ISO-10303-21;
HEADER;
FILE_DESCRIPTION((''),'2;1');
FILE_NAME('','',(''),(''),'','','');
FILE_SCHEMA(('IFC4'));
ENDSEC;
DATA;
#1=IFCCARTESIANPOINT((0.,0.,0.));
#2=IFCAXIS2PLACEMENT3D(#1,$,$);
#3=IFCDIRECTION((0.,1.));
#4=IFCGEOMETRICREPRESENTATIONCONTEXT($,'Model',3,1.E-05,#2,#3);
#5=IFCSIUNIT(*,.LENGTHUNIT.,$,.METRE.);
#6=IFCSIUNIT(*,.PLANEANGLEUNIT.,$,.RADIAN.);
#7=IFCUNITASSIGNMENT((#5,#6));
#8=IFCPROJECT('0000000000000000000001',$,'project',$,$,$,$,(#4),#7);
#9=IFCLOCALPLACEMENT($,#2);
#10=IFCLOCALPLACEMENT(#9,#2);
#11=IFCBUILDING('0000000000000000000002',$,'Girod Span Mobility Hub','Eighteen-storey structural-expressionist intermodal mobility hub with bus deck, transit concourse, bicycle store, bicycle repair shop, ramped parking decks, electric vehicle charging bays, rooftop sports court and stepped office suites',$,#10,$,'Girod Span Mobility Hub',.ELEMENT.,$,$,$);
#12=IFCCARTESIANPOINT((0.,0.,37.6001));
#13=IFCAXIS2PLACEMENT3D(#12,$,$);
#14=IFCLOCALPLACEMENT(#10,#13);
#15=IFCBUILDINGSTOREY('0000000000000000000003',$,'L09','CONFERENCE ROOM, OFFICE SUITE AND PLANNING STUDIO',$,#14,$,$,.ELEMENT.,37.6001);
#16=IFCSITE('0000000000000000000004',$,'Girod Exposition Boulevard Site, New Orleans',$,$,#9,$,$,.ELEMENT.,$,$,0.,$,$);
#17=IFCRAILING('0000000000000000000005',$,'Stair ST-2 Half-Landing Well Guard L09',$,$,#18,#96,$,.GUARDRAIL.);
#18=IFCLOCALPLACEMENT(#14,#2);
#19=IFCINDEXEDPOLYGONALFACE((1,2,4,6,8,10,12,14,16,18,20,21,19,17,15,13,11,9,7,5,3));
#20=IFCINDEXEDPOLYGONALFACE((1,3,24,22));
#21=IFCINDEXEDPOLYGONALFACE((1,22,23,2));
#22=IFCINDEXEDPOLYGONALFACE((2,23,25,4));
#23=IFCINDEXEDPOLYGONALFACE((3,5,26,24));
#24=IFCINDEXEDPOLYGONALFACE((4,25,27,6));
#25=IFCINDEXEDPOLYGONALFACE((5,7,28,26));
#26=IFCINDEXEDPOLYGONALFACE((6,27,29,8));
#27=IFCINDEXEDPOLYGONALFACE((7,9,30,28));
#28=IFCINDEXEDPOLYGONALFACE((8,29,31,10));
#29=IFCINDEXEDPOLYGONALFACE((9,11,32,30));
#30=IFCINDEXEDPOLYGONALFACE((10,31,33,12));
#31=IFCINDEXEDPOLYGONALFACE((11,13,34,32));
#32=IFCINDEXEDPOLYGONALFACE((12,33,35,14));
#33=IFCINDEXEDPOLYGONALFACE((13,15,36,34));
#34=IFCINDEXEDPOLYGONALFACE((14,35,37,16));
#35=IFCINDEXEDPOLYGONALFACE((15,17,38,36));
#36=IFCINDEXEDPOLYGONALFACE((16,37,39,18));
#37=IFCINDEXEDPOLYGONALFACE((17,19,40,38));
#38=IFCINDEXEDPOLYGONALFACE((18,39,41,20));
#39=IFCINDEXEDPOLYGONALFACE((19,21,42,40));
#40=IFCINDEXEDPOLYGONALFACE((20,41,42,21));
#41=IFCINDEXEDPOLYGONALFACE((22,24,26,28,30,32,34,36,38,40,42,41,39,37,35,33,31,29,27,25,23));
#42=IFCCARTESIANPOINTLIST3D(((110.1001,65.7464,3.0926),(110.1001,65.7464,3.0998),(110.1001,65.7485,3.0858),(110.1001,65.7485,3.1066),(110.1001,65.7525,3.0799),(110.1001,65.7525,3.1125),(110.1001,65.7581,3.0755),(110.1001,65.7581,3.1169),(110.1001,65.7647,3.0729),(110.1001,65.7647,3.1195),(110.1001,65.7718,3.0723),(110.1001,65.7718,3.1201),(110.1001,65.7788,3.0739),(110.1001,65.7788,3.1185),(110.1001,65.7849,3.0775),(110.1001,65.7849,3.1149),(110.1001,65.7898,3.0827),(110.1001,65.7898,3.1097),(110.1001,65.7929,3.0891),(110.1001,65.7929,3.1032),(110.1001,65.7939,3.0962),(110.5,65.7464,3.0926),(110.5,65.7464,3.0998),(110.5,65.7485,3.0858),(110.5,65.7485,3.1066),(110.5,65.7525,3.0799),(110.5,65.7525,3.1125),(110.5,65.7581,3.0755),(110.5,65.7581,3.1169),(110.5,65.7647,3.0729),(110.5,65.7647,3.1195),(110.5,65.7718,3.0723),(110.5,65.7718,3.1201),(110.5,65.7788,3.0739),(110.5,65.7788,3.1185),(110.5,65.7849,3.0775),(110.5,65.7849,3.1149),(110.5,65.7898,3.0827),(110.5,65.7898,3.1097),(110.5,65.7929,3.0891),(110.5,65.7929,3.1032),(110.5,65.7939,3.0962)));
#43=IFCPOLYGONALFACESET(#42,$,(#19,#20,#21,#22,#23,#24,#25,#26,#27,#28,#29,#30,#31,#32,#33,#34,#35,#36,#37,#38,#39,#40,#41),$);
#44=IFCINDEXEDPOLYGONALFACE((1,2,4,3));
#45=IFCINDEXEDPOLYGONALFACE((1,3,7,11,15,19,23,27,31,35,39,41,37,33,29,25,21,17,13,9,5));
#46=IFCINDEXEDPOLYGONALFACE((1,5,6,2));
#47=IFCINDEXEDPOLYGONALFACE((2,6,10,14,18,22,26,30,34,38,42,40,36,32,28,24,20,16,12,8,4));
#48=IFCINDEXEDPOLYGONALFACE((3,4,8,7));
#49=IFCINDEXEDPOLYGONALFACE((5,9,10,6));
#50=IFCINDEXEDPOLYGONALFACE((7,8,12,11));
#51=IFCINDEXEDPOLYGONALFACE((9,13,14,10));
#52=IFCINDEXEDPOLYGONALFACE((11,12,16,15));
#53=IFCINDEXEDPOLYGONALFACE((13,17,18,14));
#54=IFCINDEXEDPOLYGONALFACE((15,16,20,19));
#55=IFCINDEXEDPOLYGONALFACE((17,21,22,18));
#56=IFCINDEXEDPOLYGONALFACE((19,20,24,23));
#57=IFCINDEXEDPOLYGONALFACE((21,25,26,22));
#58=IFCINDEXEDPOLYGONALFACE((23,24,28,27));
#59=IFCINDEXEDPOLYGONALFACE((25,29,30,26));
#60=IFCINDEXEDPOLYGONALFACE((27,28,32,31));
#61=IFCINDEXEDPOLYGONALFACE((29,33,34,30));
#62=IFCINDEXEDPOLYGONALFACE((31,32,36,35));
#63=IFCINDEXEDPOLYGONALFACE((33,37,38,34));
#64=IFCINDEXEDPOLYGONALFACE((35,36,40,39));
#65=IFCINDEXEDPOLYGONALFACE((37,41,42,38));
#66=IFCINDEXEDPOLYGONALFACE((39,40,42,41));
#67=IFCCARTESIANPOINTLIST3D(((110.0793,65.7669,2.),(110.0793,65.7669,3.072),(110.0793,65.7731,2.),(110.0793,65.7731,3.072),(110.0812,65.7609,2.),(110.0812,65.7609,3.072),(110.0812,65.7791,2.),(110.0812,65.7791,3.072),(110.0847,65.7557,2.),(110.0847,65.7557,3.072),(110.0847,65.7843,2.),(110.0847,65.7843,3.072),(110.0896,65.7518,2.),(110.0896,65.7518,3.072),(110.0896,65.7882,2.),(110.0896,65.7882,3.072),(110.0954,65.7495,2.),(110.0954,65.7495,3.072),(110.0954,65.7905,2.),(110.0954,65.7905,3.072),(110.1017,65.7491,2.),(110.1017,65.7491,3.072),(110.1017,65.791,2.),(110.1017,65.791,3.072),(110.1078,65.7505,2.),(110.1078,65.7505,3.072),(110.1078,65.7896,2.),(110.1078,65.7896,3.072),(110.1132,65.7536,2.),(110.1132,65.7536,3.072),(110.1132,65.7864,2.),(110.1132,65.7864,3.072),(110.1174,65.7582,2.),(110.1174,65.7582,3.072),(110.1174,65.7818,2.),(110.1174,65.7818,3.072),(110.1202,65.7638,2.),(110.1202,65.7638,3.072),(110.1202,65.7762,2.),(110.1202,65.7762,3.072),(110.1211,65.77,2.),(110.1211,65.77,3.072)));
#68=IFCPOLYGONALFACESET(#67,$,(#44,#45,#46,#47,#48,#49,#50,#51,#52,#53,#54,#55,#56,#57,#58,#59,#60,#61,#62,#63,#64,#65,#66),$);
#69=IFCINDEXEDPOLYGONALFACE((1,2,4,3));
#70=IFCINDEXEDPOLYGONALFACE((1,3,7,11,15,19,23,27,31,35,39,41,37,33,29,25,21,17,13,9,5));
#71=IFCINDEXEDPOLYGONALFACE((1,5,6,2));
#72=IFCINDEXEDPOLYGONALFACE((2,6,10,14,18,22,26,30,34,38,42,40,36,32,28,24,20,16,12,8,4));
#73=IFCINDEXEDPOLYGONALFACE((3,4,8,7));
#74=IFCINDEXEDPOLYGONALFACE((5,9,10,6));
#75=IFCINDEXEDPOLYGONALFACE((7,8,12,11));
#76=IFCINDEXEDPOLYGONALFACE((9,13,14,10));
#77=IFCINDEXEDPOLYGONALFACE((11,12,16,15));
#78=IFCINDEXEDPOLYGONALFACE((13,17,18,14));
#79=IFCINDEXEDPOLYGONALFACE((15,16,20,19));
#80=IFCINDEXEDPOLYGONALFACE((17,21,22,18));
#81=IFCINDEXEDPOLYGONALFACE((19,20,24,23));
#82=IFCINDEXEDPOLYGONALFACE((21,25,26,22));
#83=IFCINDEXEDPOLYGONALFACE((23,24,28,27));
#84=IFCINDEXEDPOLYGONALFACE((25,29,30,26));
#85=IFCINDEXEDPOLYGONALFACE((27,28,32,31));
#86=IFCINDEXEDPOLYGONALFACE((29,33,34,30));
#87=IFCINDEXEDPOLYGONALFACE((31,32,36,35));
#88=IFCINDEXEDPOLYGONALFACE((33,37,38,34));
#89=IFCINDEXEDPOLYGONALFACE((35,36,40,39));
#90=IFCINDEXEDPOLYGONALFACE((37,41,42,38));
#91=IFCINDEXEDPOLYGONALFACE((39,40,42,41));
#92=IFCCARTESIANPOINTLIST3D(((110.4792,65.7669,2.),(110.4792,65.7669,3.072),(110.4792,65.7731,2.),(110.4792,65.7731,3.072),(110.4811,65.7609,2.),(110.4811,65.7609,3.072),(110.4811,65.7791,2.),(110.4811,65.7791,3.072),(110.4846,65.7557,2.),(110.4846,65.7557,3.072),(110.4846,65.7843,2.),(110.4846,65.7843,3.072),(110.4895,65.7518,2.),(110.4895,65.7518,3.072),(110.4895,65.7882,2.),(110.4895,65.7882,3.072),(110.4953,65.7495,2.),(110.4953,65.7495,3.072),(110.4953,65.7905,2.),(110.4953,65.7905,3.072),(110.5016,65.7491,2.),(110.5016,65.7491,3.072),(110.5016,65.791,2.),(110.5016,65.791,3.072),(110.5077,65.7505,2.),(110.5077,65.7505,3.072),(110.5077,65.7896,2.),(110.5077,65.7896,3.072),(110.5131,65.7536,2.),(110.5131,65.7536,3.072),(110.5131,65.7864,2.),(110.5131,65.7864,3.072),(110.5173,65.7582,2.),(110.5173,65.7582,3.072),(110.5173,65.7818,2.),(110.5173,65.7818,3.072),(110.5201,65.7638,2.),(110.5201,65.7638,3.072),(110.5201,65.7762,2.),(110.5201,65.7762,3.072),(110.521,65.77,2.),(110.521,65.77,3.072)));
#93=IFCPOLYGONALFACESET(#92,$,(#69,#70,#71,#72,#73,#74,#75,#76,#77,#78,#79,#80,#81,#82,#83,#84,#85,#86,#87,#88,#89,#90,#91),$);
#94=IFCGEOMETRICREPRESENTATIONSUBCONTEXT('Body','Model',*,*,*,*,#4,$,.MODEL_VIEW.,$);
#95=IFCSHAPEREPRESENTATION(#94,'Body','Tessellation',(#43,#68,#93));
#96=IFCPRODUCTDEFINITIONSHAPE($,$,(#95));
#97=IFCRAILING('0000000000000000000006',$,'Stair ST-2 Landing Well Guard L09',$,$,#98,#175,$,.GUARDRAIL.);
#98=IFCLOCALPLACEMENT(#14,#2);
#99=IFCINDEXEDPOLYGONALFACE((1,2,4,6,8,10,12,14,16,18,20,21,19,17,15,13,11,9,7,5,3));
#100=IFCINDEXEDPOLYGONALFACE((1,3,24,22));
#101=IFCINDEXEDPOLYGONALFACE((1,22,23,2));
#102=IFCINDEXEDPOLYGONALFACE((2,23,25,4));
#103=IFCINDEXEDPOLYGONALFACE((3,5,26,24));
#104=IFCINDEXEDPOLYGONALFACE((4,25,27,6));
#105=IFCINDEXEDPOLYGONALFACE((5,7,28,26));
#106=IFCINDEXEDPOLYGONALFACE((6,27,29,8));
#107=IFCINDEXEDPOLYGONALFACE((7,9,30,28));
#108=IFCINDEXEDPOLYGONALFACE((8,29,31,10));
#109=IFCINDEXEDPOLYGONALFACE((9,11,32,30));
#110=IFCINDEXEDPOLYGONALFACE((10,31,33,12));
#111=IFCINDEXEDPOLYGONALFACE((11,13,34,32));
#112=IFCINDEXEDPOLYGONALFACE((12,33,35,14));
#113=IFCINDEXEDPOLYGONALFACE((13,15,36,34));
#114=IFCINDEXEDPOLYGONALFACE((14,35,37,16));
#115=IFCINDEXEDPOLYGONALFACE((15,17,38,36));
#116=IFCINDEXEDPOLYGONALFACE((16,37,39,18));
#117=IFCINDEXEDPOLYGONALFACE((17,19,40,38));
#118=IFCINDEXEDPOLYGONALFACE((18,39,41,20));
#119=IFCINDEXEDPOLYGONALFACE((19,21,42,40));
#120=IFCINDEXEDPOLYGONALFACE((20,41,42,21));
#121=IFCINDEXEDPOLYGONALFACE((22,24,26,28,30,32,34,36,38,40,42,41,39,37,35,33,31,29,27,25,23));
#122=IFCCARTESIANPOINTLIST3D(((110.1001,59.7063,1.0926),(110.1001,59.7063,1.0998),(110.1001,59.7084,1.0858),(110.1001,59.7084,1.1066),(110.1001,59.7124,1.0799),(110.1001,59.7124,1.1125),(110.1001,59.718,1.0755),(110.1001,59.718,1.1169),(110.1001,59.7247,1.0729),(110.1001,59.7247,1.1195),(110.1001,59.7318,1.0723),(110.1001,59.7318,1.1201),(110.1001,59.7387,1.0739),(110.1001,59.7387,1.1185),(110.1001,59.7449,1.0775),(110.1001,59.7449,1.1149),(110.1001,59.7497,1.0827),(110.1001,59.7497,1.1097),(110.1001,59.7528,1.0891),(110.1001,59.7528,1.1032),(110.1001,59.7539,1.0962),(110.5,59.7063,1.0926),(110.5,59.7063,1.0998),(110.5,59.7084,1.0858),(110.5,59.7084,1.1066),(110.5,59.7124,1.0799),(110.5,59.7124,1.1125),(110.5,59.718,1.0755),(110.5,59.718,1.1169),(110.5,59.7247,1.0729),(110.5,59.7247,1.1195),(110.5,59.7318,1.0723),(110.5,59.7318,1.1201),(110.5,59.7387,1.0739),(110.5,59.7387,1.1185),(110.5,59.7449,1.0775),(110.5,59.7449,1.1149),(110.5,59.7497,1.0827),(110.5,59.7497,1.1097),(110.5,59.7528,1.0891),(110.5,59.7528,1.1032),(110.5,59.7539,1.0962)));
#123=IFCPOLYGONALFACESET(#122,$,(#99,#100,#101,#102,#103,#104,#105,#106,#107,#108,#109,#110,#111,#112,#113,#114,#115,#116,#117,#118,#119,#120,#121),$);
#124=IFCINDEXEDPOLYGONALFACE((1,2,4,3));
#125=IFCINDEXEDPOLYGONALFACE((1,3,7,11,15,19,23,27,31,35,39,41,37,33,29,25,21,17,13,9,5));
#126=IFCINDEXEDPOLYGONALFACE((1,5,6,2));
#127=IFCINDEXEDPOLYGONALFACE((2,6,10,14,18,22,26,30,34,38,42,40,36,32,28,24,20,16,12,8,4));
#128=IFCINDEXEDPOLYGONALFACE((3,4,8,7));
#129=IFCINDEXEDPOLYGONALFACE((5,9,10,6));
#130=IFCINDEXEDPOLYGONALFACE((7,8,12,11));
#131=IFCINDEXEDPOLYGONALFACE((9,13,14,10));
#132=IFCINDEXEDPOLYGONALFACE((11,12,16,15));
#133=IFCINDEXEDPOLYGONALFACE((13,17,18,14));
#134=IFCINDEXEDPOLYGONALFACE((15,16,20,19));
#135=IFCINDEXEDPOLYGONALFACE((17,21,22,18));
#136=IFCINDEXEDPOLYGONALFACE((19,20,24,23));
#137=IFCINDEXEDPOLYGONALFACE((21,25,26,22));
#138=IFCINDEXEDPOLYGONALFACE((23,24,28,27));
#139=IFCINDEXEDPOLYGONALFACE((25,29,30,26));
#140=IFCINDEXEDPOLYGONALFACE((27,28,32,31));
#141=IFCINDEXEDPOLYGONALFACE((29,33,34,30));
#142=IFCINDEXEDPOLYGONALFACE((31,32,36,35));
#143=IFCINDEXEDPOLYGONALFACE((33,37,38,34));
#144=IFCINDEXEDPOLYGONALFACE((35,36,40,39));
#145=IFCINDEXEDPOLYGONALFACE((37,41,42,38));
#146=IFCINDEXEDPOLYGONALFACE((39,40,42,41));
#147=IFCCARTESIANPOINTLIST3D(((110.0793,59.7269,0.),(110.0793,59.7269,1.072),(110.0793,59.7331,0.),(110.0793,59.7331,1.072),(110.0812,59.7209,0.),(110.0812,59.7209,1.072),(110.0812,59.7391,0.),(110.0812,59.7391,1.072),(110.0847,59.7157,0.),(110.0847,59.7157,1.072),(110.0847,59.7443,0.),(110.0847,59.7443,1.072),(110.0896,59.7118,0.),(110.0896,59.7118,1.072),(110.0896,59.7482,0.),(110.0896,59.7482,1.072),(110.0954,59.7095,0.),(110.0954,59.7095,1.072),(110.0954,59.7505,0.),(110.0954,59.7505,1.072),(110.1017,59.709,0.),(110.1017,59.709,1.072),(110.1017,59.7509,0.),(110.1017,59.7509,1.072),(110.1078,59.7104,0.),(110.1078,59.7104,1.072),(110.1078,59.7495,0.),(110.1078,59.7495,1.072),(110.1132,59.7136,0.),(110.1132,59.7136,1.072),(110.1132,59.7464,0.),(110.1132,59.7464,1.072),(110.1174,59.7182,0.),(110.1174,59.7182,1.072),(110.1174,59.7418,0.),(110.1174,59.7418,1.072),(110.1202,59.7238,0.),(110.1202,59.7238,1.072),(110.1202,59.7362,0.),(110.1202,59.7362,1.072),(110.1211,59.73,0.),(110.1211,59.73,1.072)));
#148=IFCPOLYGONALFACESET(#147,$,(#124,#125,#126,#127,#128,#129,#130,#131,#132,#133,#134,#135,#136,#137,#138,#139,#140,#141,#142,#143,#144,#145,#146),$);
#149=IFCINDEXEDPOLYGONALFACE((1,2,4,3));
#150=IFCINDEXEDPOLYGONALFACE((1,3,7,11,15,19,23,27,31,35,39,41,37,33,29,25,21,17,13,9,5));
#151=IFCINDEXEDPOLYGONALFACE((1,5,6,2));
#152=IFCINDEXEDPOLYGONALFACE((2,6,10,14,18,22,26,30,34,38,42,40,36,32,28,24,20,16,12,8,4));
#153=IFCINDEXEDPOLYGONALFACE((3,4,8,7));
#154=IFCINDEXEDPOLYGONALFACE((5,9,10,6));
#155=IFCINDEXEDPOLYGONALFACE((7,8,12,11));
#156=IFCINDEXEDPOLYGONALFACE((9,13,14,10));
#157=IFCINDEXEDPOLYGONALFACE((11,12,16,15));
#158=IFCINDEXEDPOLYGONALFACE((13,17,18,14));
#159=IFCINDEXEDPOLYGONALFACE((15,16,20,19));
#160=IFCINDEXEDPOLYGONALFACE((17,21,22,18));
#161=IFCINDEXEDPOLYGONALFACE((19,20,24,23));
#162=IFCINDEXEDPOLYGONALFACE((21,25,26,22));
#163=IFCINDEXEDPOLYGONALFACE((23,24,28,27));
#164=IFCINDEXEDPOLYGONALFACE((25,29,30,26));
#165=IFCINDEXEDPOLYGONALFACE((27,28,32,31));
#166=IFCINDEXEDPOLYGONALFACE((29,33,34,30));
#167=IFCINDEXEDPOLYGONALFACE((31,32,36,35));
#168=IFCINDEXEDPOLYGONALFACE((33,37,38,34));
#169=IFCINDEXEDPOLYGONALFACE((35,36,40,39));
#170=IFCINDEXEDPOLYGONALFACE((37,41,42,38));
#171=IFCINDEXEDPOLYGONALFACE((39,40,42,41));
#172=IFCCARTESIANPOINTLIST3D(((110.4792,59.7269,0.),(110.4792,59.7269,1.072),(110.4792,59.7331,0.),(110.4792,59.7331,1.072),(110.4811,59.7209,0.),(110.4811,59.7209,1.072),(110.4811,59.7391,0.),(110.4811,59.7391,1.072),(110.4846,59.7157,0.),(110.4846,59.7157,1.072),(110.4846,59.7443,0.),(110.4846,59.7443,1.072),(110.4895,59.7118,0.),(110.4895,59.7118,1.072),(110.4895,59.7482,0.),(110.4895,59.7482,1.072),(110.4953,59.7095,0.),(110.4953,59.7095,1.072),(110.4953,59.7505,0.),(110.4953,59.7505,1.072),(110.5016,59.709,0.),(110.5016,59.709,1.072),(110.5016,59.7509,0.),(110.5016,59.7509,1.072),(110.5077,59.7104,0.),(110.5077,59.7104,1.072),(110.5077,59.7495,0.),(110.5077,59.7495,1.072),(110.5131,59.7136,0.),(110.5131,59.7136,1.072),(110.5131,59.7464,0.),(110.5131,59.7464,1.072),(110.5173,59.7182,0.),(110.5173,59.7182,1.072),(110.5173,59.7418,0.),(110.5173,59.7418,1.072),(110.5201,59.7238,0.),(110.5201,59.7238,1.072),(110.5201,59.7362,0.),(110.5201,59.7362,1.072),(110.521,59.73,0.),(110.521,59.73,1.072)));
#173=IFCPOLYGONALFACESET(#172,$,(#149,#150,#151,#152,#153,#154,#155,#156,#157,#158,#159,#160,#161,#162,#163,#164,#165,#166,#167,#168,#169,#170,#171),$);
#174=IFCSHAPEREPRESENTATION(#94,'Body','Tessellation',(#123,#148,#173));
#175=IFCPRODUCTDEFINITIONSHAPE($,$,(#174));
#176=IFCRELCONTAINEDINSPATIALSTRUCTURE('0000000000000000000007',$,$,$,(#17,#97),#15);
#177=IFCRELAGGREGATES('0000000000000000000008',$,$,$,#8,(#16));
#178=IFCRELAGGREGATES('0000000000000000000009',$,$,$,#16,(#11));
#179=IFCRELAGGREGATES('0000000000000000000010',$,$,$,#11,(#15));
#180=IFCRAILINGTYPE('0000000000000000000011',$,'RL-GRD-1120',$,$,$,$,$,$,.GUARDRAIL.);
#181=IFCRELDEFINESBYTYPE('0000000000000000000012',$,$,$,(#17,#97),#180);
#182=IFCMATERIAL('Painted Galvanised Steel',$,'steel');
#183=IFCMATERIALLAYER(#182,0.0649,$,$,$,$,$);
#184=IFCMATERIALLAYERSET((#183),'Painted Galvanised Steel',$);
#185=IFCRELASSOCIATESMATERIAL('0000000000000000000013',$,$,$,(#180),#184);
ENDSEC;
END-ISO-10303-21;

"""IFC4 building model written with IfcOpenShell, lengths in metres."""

from ifc_helpers import new_model, si_unit, direction, frame, origin, origin_2d, place, context, subcontext, project, spatial, circle, extrude, material, layer, layer_set, type_object, element, save


model = new_model("IFC4")

# Units and contexts
model_context = context("Model", 3, precision=1e-05, world=origin(), true_north=direction((0.0, 1.0)))
body_context = subcontext(model_context, "Body", "Model", "MODEL_VIEW")
ifc_project = project(units=[si_unit("LENGTHUNIT", "METRE"), si_unit("PLANEANGLEUNIT", "RADIAN")], contexts=[model_context])

# Site, building, storey
site_placement = place(None, origin())
site = spatial("IfcSite", under=ifc_project, at=site_placement, Name="Girod Exposition Boulevard Site, New Orleans", CompositionType="ELEMENT", RefElevation=0.0)
building_placement = place(site_placement, origin())
building = spatial("IfcBuilding", under=site, at=building_placement, Name="Girod Span Mobility Hub", Description="Eighteen-storey structural-expressionist intermodal mobility hub with bus deck, transit concourse, bicycle store, bicycle repair shop, ramped parking decks, electric vehicle charging bays, rooftop sports court and stepped office suites", LongName="Girod Span Mobility Hub", CompositionType="ELEMENT")
storey_placement = place(building_placement, frame((0.0, 0.0, 37.6001)))
storey = spatial("IfcBuildingStorey", under=building, at=storey_placement, Name="L09", Description="CONFERENCE ROOM, OFFICE SUITE AND PLANNING STUDIO", CompositionType="ELEMENT", Elevation=37.6001)

# Railings
ifc_material_1 = material(Name="Painted Galvanised Steel", Category="steel")
ifc_layer_1 = layer(ifc_material_1, 0.0649)
ifc_layer_set_1 = layer_set([ifc_layer_1], Name="Painted Galvanised Steel")
railing_type_1 = type_object("IfcRailingType", Name="RL-GRD-1120", PredefinedType="GUARDRAIL", material=ifc_layer_set_1)
for number, where, name in (
    (1, (110.1001, 65.77, 2.0), "Stair ST-2 Half-Landing Well Guard L09"),
    (2, (110.1001, 59.73, 0.0), "Stair ST-2 Landing Well Guard L09"),
):
    element("IfcRailing", number, at=place(storey_placement, frame(where)), inside=storey, type_object=railing_type_1, Name=name, PredefinedType="GUARDRAIL", context=body_context, shape_type="SweptSolid", body=[
        extrude(circle(Radius=0.0239, at=origin_2d()), frame((0.0, 0.0, 1.0962), z_axis=(1.0, 0.0, 0.0), x_axis=(0.0, 1.0, 0.0)), (0.0, 0.0, 1.0), 0.3999),
        extrude(circle(Radius=0.021, at=origin_2d()), origin(), (0.0, 0.0, 1.0), 1.072),
        extrude(circle(Radius=0.021, at=origin_2d()), frame((0.3999, 0.0, 0.0)), (0.0, 0.0, 1.0), 1.072),
    ])

save(model, "model.ifc")
